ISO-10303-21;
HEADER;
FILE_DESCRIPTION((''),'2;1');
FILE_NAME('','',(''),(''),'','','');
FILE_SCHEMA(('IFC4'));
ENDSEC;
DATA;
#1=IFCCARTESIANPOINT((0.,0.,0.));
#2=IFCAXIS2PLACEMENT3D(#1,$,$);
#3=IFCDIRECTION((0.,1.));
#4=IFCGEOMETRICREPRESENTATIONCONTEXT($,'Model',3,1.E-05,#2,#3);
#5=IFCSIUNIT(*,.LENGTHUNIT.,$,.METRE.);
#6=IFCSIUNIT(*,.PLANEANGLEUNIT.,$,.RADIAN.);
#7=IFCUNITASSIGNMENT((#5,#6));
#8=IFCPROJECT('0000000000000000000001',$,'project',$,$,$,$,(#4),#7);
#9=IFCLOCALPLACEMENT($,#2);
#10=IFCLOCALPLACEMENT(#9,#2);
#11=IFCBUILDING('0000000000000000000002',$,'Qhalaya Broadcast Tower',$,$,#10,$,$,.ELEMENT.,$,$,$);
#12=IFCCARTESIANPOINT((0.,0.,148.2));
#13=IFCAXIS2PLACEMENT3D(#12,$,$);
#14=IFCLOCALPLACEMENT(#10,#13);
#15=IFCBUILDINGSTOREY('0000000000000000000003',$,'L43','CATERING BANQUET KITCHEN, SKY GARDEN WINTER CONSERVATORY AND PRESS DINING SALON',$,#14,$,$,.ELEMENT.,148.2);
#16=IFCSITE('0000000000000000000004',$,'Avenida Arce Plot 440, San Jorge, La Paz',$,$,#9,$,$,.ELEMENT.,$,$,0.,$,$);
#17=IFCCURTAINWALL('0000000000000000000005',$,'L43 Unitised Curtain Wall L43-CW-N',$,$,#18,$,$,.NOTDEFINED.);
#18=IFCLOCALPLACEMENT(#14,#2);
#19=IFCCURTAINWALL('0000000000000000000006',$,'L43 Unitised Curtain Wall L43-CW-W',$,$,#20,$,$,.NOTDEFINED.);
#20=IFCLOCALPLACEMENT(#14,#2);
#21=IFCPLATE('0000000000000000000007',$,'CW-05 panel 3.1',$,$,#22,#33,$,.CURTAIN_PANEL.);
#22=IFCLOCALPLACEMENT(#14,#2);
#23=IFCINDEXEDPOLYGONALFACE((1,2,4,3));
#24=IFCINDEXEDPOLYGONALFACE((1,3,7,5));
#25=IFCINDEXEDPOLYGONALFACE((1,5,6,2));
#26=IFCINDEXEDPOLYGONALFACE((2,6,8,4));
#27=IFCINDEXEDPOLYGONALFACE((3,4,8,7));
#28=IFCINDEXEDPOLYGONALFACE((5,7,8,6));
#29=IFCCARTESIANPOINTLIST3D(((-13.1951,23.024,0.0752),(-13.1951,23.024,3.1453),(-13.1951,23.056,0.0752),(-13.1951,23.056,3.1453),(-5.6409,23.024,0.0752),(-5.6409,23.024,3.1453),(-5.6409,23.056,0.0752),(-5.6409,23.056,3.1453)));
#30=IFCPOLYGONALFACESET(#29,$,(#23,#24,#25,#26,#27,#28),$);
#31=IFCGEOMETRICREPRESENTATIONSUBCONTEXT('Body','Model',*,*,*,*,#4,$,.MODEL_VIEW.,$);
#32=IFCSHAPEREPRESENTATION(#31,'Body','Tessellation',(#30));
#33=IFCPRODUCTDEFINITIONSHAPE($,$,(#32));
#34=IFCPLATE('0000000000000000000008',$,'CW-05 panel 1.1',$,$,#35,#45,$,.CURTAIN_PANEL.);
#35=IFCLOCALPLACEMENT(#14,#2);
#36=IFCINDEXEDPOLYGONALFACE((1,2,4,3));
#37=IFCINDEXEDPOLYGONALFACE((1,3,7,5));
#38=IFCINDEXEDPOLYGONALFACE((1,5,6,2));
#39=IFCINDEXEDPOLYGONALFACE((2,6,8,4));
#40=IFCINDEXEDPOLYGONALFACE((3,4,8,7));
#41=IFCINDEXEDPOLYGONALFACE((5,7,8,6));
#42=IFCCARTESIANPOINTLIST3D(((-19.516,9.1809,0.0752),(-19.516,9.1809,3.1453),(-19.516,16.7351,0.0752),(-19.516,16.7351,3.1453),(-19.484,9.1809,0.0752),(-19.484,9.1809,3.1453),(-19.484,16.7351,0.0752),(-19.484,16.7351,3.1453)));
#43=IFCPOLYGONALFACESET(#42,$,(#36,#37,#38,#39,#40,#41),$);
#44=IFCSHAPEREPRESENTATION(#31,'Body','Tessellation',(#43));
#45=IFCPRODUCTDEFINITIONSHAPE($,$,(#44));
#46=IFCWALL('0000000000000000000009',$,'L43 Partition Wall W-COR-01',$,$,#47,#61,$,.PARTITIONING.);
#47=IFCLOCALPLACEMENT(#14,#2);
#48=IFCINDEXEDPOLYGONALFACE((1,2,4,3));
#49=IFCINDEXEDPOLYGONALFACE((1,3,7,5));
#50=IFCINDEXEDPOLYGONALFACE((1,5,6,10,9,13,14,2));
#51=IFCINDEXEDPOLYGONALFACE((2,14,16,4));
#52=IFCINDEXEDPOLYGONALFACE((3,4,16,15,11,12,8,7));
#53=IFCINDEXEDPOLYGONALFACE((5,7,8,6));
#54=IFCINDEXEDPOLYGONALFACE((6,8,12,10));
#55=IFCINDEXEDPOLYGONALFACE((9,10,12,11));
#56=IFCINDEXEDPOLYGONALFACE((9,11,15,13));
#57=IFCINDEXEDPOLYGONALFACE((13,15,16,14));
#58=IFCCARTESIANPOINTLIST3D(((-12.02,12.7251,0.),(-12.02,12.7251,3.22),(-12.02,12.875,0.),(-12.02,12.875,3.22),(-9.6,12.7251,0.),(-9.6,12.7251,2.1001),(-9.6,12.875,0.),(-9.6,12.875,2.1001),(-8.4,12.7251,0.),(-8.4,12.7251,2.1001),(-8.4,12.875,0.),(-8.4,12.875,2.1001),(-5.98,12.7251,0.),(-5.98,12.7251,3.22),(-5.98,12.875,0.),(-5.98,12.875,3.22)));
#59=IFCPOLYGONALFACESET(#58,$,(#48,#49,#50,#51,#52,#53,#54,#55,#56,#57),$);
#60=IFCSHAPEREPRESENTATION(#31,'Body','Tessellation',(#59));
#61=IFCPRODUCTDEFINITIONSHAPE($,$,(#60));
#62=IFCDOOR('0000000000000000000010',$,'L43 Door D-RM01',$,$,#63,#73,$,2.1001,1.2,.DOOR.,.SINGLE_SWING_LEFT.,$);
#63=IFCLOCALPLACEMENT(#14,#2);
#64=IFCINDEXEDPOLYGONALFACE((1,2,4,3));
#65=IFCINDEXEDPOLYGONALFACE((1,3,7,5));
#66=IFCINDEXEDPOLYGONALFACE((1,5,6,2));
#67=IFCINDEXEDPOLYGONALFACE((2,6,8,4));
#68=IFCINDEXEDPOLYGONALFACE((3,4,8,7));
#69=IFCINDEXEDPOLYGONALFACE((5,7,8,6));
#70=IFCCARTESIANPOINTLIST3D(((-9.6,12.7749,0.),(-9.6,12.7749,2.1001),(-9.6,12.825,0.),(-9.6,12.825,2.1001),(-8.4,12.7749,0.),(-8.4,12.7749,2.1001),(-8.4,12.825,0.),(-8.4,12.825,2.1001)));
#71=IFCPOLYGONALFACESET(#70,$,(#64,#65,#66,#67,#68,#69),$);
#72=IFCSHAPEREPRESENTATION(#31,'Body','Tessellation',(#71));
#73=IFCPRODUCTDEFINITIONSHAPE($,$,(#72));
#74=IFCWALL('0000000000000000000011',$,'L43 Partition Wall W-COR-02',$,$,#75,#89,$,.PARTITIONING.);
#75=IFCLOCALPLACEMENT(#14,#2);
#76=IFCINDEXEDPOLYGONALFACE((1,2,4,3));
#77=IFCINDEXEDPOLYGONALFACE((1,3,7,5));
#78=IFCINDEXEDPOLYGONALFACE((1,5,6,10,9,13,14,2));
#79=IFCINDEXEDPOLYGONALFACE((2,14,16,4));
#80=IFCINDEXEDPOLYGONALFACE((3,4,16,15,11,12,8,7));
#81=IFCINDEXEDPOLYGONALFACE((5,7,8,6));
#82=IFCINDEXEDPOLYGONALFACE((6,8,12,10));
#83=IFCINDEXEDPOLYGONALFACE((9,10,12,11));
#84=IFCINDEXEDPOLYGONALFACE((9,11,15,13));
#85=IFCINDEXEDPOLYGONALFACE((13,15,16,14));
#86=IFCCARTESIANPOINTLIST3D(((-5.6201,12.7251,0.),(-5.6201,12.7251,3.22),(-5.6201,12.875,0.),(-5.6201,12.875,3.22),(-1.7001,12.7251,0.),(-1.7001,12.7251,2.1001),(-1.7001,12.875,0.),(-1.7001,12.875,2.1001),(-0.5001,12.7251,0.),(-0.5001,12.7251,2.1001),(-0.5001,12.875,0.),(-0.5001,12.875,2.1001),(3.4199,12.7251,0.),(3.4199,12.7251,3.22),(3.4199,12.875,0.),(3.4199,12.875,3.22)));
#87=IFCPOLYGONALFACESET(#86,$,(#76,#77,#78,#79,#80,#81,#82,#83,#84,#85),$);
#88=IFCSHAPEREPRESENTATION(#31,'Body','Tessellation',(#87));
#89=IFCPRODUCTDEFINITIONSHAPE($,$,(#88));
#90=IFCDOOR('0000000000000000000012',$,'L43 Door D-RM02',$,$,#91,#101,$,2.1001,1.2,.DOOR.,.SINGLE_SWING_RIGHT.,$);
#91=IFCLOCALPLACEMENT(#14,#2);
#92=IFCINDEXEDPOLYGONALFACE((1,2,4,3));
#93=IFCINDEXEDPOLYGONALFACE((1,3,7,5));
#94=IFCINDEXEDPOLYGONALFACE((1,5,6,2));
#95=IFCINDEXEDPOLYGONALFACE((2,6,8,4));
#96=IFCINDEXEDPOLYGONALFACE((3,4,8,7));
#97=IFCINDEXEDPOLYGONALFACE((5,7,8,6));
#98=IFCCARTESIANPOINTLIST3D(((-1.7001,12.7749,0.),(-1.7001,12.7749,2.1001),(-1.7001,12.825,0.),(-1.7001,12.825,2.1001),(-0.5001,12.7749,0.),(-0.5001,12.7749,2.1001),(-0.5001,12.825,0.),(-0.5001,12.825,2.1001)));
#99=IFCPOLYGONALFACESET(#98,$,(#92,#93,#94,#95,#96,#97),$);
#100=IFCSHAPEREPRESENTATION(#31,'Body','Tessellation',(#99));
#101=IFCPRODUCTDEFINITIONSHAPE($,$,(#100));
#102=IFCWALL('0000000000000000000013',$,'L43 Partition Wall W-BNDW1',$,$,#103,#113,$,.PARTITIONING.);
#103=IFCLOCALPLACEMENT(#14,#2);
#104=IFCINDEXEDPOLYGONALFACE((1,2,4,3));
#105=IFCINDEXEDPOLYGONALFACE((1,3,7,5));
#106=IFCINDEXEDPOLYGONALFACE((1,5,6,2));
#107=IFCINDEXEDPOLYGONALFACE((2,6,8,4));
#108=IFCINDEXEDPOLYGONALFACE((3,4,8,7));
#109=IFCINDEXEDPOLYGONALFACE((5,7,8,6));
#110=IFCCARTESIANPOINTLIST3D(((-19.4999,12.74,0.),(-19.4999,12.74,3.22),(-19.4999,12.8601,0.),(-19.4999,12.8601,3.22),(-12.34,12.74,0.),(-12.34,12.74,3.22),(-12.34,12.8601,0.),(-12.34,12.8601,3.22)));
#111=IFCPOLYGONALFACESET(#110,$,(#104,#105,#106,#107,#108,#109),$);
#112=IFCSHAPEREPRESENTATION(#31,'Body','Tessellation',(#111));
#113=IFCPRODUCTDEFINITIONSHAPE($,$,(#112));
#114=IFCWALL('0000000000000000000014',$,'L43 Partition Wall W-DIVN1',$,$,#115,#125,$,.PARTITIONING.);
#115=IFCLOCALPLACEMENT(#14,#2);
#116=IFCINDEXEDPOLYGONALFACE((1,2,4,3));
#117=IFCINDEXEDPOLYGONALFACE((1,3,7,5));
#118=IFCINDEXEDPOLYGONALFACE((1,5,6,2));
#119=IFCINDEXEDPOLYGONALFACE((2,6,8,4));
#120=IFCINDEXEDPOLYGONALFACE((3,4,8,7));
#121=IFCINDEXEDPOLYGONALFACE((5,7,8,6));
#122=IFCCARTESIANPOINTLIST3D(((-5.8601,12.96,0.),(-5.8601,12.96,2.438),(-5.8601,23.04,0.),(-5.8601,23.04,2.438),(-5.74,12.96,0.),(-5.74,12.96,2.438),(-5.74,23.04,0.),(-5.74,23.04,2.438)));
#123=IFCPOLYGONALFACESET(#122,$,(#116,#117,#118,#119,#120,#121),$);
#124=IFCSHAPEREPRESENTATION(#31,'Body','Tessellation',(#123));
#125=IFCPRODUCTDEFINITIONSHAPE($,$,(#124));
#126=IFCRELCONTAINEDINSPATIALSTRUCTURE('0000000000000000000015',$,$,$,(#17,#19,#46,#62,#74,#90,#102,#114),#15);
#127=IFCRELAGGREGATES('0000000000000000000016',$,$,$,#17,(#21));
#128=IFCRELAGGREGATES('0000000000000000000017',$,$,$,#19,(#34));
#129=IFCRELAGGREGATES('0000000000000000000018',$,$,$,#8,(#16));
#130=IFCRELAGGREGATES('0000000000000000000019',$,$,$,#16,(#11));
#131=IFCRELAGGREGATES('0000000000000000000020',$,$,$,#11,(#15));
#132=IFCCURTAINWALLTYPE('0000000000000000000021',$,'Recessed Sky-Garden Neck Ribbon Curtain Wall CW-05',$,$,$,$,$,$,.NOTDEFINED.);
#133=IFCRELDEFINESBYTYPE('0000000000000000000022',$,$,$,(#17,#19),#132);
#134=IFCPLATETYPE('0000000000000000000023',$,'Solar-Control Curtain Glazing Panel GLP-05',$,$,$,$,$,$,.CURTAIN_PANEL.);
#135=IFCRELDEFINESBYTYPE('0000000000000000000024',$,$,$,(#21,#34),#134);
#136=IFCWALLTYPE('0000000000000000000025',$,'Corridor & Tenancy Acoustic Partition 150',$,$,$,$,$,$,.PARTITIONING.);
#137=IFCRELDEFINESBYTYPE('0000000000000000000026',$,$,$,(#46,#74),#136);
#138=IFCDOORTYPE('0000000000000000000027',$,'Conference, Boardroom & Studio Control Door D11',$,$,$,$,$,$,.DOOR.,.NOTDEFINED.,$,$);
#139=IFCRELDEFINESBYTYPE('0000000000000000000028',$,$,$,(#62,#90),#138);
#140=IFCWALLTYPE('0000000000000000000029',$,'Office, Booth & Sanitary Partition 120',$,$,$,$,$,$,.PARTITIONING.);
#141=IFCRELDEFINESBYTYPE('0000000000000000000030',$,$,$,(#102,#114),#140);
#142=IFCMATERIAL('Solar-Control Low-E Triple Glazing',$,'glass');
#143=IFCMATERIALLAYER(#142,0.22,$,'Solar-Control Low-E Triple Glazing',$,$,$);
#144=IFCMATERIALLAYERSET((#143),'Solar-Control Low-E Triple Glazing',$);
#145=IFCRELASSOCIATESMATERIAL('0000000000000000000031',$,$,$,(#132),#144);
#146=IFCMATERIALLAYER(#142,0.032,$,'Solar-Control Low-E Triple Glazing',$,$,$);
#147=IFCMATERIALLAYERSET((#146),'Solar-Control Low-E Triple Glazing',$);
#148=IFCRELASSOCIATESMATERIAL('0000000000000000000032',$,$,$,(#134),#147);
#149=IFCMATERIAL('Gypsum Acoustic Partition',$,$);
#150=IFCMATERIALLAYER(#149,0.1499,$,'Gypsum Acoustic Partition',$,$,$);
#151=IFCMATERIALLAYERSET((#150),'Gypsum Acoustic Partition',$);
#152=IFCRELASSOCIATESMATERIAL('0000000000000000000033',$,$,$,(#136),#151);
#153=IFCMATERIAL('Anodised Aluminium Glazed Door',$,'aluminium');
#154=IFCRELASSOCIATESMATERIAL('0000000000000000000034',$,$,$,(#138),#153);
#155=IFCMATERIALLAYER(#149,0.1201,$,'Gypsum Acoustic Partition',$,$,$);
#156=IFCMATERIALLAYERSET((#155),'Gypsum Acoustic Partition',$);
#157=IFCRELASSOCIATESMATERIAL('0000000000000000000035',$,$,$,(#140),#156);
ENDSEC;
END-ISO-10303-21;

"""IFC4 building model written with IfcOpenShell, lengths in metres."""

from ifc_helpers import new_model, si_unit, direction, frame, frame_2d, origin, origin_2d, place, context, subcontext, project, spatial, rectangle, extrude, material, layer, layer_set, type_object, element, fill, aggregate, save


model = new_model("IFC4")

# Units and contexts
model_context = context("Model", 3, precision=1e-05, world=origin(), true_north=direction((0.0, 1.0)))
body_context = subcontext(model_context, "Body", "Model", "MODEL_VIEW")
ifc_project = project(units=[si_unit("LENGTHUNIT", "METRE"), si_unit("PLANEANGLEUNIT", "RADIAN")], contexts=[model_context])

# Site, building, storey
site_placement = place(None, origin())
site = spatial("IfcSite", under=ifc_project, at=site_placement, Name="Avenida Arce Plot 440, San Jorge, La Paz", CompositionType="ELEMENT", RefElevation=0.0)
building_placement = place(site_placement, origin())
building = spatial("IfcBuilding", under=site, at=building_placement, Name="Qhalaya Broadcast Tower", CompositionType="ELEMENT")
storey_placement = place(building_placement, frame((0.0, 0.0, 148.2)))
storey = spatial("IfcBuildingStorey", under=building, at=storey_placement, Name="L43", Description="CATERING BANQUET KITCHEN, SKY GARDEN WINTER CONSERVATORY AND PRESS DINING SALON", CompositionType="ELEMENT", Elevation=148.2)

# Curtain wall
ifc_material_1 = material(Name="Solar-Control Low-E Triple Glazing", Category="glass")
ifc_layer_1 = layer(ifc_material_1, 0.22, Name="Solar-Control Low-E Triple Glazing")
ifc_layer_set_1 = layer_set([ifc_layer_1], Name="Solar-Control Low-E Triple Glazing")
curtain_wall_type = type_object("IfcCurtainWallType", Name="Recessed Sky-Garden Neck Ribbon Curtain Wall CW-05", PredefinedType="NOTDEFINED", material=ifc_layer_set_1)
curtain_wall_1_placement = place(storey_placement, origin())
curtain_wall_1 = element("IfcCurtainWall", 1, at=curtain_wall_1_placement, inside=storey, type_object=curtain_wall_type, Name="L43 Unitised Curtain Wall L43-CW-N", PredefinedType="NOTDEFINED")

# Curtain wall
curtain_wall_2_placement = place(storey_placement, origin())
curtain_wall_2 = element("IfcCurtainWall", 2, at=curtain_wall_2_placement, inside=storey, type_object=curtain_wall_type, Name="L43 Unitised Curtain Wall L43-CW-W", PredefinedType="NOTDEFINED")

# Plates
ifc_layer_2 = layer(ifc_material_1, 0.032, Name="Solar-Control Low-E Triple Glazing")
ifc_layer_set_2 = layer_set([ifc_layer_2], Name="Solar-Control Low-E Triple Glazing")
plate_type = type_object("IfcPlateType", Name="Solar-Control Curtain Glazing Panel GLP-05", PredefinedType="CURTAIN_PANEL", material=ifc_layer_set_2)
plate_1_placement = place(storey_placement, frame((-9.418, 23.04, 0.0752), z_axis=(0.0, 0.0, 1.0), x_axis=(-1.0, 0.0, 0.0)))
plate_1 = element("IfcPlate", 3, at=plate_1_placement, type_object=plate_type, Name="CW-05 panel 3.1", PredefinedType="CURTAIN_PANEL", context=body_context, shape_type="SweptSolid", body=[
    extrude(rectangle(XDim=7.5542, YDim=0.032, at=origin_2d()), origin(), (0.0, 0.0, 1.0), 3.0701),
])
aggregate(curtain_wall_1, [plate_1])
plate_2_placement = place(storey_placement, frame((-19.5, 12.958, 0.0752), z_axis=(0.0, 0.0, 1.0), x_axis=(0.0, -1.0, 0.0)))
plate_2 = element("IfcPlate", 4, at=plate_2_placement, type_object=plate_type, Name="CW-05 panel 1.1", PredefinedType="CURTAIN_PANEL", context=body_context, shape_type="SweptSolid", body=[
    extrude(rectangle(XDim=7.5542, YDim=0.032, at=origin_2d()), origin(), (0.0, 0.0, 1.0), 3.0701),
])
aggregate(curtain_wall_2, [plate_2])

# Walls, openings, doors
ifc_material_2 = material(Name="Gypsum Acoustic Partition")
ifc_layer_3 = layer(ifc_material_2, 0.1499, Name="Gypsum Acoustic Partition")
ifc_layer_set_3 = layer_set([ifc_layer_3], Name="Gypsum Acoustic Partition")
wall_type_1 = type_object("IfcWallType", Name="Corridor & Tenancy Acoustic Partition 150", PredefinedType="PARTITIONING", material=ifc_layer_set_3)
wall_1_placement = place(storey_placement, frame((-12.02, 12.8, 0.0), z_axis=(0.0, 0.0, 1.0), x_axis=(1.0, 0.0, 0.0)))
wall_1 = element("IfcWall", 5, at=wall_1_placement, inside=storey, type_object=wall_type_1, Name="L43 Partition Wall W-COR-01", PredefinedType="PARTITIONING", context=body_context, shape_type="SweptSolid", body=[
    extrude(rectangle(XDim=6.04, YDim=0.1499, at=frame_2d((3.02, 0.0))), origin(), (0.0, 0.0, 1.0), 3.22),
])
opening_1_placement = place(wall_1_placement, frame((2.4199, 0.0, 0.0)))
opening_1 = element("IfcOpeningElement", 6, at=opening_1_placement, cuts=wall_1, PredefinedType="OPENING", context=body_context, shape_type="SweptSolid", body=[
    extrude(rectangle(XDim=1.2, YDim=2.1001, at=frame_2d((0.6001, 1.05))), frame((0.0, 0.0869, 0.0), z_axis=(0.0, -1.0, 0.0), x_axis=(1.0, 0.0, 0.0)), (0.0, 0.0, 1.0), 0.1738),
])
ifc_material_3 = material(Name="Anodised Aluminium Glazed Door", Category="aluminium")
door_type = type_object("IfcDoorType", Name="Conference, Boardroom & Studio Control Door D11", OperationType="NOTDEFINED", PredefinedType="DOOR", material=ifc_material_3)
door_1_placement = place(opening_1_placement, origin())
door_1 = element("IfcDoor", 7, at=door_1_placement, inside=storey, type_object=door_type, Name="L43 Door D-RM01", OperationType="SINGLE_SWING_LEFT", OverallHeight=2.1001, OverallWidth=1.2, PredefinedType="DOOR", context=body_context, shape_type="SweptSolid", body=[
    extrude(rectangle(XDim=1.2, YDim=2.1001, at=frame_2d((0.6001, 1.05))), frame((0.0, 0.0249, 0.0), z_axis=(0.0, -1.0, 0.0), x_axis=(1.0, 0.0, 0.0)), (0.0, 0.0, 1.0), 0.05),
])
fill(opening_1, door_1)
wall_2_placement = place(storey_placement, frame((-5.6201, 12.8, 0.0), z_axis=(0.0, 0.0, 1.0), x_axis=(1.0, 0.0, 0.0)))
wall_2 = element("IfcWall", 8, at=wall_2_placement, inside=storey, type_object=wall_type_1, Name="L43 Partition Wall W-COR-02", PredefinedType="PARTITIONING", context=body_context, shape_type="SweptSolid", body=[
    extrude(rectangle(XDim=9.04, YDim=0.1499, at=frame_2d((4.52, 0.0))), origin(), (0.0, 0.0, 1.0), 3.22),
])
opening_2_placement = place(wall_2_placement, frame((3.9199, 0.0, 0.0)))
opening_2 = element("IfcOpeningElement", 9, at=opening_2_placement, cuts=wall_2, PredefinedType="OPENING", context=body_context, shape_type="SweptSolid", body=[
    extrude(rectangle(XDim=1.2, YDim=2.1001, at=frame_2d((0.6001, 1.05))), frame((0.0, 0.0869, 0.0), z_axis=(0.0, -1.0, 0.0), x_axis=(1.0, 0.0, 0.0)), (0.0, 0.0, 1.0), 0.1738),
])
door_2_placement = place(opening_2_placement, origin())
door_2 = element("IfcDoor", 10, at=door_2_placement, inside=storey, type_object=door_type, Name="L43 Door D-RM02", OperationType="SINGLE_SWING_RIGHT", OverallHeight=2.1001, OverallWidth=1.2, PredefinedType="DOOR", context=body_context, shape_type="SweptSolid", body=[
    extrude(rectangle(XDim=1.2, YDim=2.1001, at=frame_2d((0.6001, 1.05))), frame((0.0, 0.0249, 0.0), z_axis=(0.0, -1.0, 0.0), x_axis=(1.0, 0.0, 0.0)), (0.0, 0.0, 1.0), 0.05),
])
fill(opening_2, door_2)

# Walls
ifc_layer_4 = layer(ifc_material_2, 0.1201, Name="Gypsum Acoustic Partition")
ifc_layer_set_4 = layer_set([ifc_layer_4], Name="Gypsum Acoustic Partition")
wall_type_2 = type_object("IfcWallType", Name="Office, Booth & Sanitary Partition 120", PredefinedType="PARTITIONING", material=ifc_layer_set_4)
wall_3_placement = place(storey_placement, frame((-19.5, 12.8, 0.0), z_axis=(0.0, 0.0, 1.0), x_axis=(1.0, 0.0, 0.0)))
element("IfcWall", 11, at=wall_3_placement, inside=storey, type_object=wall_type_2, Name="L43 Partition Wall W-BNDW1", PredefinedType="PARTITIONING", context=body_context, shape_type="SweptSolid", body=[
    extrude(rectangle(XDim=7.1599, YDim=0.1201, at=frame_2d((3.5801, 0.0))), origin(), (0.0, 0.0, 1.0), 3.22),
])
wall_4_placement = place(storey_placement, frame((-5.8, 12.96, 0.0), z_axis=(0.0, 0.0, 1.0), x_axis=(0.0, 1.0, 0.0)))
element("IfcWall", 12, at=wall_4_placement, inside=storey, type_object=wall_type_2, Name="L43 Partition Wall W-DIVN1", PredefinedType="PARTITIONING", context=body_context, shape_type="SweptSolid", body=[
    extrude(rectangle(XDim=10.0801, YDim=0.1201, at=frame_2d((5.04, 0.0))), origin(), (0.0, 0.0, 1.0), 2.438),
])

save(model, "model.ifc")
